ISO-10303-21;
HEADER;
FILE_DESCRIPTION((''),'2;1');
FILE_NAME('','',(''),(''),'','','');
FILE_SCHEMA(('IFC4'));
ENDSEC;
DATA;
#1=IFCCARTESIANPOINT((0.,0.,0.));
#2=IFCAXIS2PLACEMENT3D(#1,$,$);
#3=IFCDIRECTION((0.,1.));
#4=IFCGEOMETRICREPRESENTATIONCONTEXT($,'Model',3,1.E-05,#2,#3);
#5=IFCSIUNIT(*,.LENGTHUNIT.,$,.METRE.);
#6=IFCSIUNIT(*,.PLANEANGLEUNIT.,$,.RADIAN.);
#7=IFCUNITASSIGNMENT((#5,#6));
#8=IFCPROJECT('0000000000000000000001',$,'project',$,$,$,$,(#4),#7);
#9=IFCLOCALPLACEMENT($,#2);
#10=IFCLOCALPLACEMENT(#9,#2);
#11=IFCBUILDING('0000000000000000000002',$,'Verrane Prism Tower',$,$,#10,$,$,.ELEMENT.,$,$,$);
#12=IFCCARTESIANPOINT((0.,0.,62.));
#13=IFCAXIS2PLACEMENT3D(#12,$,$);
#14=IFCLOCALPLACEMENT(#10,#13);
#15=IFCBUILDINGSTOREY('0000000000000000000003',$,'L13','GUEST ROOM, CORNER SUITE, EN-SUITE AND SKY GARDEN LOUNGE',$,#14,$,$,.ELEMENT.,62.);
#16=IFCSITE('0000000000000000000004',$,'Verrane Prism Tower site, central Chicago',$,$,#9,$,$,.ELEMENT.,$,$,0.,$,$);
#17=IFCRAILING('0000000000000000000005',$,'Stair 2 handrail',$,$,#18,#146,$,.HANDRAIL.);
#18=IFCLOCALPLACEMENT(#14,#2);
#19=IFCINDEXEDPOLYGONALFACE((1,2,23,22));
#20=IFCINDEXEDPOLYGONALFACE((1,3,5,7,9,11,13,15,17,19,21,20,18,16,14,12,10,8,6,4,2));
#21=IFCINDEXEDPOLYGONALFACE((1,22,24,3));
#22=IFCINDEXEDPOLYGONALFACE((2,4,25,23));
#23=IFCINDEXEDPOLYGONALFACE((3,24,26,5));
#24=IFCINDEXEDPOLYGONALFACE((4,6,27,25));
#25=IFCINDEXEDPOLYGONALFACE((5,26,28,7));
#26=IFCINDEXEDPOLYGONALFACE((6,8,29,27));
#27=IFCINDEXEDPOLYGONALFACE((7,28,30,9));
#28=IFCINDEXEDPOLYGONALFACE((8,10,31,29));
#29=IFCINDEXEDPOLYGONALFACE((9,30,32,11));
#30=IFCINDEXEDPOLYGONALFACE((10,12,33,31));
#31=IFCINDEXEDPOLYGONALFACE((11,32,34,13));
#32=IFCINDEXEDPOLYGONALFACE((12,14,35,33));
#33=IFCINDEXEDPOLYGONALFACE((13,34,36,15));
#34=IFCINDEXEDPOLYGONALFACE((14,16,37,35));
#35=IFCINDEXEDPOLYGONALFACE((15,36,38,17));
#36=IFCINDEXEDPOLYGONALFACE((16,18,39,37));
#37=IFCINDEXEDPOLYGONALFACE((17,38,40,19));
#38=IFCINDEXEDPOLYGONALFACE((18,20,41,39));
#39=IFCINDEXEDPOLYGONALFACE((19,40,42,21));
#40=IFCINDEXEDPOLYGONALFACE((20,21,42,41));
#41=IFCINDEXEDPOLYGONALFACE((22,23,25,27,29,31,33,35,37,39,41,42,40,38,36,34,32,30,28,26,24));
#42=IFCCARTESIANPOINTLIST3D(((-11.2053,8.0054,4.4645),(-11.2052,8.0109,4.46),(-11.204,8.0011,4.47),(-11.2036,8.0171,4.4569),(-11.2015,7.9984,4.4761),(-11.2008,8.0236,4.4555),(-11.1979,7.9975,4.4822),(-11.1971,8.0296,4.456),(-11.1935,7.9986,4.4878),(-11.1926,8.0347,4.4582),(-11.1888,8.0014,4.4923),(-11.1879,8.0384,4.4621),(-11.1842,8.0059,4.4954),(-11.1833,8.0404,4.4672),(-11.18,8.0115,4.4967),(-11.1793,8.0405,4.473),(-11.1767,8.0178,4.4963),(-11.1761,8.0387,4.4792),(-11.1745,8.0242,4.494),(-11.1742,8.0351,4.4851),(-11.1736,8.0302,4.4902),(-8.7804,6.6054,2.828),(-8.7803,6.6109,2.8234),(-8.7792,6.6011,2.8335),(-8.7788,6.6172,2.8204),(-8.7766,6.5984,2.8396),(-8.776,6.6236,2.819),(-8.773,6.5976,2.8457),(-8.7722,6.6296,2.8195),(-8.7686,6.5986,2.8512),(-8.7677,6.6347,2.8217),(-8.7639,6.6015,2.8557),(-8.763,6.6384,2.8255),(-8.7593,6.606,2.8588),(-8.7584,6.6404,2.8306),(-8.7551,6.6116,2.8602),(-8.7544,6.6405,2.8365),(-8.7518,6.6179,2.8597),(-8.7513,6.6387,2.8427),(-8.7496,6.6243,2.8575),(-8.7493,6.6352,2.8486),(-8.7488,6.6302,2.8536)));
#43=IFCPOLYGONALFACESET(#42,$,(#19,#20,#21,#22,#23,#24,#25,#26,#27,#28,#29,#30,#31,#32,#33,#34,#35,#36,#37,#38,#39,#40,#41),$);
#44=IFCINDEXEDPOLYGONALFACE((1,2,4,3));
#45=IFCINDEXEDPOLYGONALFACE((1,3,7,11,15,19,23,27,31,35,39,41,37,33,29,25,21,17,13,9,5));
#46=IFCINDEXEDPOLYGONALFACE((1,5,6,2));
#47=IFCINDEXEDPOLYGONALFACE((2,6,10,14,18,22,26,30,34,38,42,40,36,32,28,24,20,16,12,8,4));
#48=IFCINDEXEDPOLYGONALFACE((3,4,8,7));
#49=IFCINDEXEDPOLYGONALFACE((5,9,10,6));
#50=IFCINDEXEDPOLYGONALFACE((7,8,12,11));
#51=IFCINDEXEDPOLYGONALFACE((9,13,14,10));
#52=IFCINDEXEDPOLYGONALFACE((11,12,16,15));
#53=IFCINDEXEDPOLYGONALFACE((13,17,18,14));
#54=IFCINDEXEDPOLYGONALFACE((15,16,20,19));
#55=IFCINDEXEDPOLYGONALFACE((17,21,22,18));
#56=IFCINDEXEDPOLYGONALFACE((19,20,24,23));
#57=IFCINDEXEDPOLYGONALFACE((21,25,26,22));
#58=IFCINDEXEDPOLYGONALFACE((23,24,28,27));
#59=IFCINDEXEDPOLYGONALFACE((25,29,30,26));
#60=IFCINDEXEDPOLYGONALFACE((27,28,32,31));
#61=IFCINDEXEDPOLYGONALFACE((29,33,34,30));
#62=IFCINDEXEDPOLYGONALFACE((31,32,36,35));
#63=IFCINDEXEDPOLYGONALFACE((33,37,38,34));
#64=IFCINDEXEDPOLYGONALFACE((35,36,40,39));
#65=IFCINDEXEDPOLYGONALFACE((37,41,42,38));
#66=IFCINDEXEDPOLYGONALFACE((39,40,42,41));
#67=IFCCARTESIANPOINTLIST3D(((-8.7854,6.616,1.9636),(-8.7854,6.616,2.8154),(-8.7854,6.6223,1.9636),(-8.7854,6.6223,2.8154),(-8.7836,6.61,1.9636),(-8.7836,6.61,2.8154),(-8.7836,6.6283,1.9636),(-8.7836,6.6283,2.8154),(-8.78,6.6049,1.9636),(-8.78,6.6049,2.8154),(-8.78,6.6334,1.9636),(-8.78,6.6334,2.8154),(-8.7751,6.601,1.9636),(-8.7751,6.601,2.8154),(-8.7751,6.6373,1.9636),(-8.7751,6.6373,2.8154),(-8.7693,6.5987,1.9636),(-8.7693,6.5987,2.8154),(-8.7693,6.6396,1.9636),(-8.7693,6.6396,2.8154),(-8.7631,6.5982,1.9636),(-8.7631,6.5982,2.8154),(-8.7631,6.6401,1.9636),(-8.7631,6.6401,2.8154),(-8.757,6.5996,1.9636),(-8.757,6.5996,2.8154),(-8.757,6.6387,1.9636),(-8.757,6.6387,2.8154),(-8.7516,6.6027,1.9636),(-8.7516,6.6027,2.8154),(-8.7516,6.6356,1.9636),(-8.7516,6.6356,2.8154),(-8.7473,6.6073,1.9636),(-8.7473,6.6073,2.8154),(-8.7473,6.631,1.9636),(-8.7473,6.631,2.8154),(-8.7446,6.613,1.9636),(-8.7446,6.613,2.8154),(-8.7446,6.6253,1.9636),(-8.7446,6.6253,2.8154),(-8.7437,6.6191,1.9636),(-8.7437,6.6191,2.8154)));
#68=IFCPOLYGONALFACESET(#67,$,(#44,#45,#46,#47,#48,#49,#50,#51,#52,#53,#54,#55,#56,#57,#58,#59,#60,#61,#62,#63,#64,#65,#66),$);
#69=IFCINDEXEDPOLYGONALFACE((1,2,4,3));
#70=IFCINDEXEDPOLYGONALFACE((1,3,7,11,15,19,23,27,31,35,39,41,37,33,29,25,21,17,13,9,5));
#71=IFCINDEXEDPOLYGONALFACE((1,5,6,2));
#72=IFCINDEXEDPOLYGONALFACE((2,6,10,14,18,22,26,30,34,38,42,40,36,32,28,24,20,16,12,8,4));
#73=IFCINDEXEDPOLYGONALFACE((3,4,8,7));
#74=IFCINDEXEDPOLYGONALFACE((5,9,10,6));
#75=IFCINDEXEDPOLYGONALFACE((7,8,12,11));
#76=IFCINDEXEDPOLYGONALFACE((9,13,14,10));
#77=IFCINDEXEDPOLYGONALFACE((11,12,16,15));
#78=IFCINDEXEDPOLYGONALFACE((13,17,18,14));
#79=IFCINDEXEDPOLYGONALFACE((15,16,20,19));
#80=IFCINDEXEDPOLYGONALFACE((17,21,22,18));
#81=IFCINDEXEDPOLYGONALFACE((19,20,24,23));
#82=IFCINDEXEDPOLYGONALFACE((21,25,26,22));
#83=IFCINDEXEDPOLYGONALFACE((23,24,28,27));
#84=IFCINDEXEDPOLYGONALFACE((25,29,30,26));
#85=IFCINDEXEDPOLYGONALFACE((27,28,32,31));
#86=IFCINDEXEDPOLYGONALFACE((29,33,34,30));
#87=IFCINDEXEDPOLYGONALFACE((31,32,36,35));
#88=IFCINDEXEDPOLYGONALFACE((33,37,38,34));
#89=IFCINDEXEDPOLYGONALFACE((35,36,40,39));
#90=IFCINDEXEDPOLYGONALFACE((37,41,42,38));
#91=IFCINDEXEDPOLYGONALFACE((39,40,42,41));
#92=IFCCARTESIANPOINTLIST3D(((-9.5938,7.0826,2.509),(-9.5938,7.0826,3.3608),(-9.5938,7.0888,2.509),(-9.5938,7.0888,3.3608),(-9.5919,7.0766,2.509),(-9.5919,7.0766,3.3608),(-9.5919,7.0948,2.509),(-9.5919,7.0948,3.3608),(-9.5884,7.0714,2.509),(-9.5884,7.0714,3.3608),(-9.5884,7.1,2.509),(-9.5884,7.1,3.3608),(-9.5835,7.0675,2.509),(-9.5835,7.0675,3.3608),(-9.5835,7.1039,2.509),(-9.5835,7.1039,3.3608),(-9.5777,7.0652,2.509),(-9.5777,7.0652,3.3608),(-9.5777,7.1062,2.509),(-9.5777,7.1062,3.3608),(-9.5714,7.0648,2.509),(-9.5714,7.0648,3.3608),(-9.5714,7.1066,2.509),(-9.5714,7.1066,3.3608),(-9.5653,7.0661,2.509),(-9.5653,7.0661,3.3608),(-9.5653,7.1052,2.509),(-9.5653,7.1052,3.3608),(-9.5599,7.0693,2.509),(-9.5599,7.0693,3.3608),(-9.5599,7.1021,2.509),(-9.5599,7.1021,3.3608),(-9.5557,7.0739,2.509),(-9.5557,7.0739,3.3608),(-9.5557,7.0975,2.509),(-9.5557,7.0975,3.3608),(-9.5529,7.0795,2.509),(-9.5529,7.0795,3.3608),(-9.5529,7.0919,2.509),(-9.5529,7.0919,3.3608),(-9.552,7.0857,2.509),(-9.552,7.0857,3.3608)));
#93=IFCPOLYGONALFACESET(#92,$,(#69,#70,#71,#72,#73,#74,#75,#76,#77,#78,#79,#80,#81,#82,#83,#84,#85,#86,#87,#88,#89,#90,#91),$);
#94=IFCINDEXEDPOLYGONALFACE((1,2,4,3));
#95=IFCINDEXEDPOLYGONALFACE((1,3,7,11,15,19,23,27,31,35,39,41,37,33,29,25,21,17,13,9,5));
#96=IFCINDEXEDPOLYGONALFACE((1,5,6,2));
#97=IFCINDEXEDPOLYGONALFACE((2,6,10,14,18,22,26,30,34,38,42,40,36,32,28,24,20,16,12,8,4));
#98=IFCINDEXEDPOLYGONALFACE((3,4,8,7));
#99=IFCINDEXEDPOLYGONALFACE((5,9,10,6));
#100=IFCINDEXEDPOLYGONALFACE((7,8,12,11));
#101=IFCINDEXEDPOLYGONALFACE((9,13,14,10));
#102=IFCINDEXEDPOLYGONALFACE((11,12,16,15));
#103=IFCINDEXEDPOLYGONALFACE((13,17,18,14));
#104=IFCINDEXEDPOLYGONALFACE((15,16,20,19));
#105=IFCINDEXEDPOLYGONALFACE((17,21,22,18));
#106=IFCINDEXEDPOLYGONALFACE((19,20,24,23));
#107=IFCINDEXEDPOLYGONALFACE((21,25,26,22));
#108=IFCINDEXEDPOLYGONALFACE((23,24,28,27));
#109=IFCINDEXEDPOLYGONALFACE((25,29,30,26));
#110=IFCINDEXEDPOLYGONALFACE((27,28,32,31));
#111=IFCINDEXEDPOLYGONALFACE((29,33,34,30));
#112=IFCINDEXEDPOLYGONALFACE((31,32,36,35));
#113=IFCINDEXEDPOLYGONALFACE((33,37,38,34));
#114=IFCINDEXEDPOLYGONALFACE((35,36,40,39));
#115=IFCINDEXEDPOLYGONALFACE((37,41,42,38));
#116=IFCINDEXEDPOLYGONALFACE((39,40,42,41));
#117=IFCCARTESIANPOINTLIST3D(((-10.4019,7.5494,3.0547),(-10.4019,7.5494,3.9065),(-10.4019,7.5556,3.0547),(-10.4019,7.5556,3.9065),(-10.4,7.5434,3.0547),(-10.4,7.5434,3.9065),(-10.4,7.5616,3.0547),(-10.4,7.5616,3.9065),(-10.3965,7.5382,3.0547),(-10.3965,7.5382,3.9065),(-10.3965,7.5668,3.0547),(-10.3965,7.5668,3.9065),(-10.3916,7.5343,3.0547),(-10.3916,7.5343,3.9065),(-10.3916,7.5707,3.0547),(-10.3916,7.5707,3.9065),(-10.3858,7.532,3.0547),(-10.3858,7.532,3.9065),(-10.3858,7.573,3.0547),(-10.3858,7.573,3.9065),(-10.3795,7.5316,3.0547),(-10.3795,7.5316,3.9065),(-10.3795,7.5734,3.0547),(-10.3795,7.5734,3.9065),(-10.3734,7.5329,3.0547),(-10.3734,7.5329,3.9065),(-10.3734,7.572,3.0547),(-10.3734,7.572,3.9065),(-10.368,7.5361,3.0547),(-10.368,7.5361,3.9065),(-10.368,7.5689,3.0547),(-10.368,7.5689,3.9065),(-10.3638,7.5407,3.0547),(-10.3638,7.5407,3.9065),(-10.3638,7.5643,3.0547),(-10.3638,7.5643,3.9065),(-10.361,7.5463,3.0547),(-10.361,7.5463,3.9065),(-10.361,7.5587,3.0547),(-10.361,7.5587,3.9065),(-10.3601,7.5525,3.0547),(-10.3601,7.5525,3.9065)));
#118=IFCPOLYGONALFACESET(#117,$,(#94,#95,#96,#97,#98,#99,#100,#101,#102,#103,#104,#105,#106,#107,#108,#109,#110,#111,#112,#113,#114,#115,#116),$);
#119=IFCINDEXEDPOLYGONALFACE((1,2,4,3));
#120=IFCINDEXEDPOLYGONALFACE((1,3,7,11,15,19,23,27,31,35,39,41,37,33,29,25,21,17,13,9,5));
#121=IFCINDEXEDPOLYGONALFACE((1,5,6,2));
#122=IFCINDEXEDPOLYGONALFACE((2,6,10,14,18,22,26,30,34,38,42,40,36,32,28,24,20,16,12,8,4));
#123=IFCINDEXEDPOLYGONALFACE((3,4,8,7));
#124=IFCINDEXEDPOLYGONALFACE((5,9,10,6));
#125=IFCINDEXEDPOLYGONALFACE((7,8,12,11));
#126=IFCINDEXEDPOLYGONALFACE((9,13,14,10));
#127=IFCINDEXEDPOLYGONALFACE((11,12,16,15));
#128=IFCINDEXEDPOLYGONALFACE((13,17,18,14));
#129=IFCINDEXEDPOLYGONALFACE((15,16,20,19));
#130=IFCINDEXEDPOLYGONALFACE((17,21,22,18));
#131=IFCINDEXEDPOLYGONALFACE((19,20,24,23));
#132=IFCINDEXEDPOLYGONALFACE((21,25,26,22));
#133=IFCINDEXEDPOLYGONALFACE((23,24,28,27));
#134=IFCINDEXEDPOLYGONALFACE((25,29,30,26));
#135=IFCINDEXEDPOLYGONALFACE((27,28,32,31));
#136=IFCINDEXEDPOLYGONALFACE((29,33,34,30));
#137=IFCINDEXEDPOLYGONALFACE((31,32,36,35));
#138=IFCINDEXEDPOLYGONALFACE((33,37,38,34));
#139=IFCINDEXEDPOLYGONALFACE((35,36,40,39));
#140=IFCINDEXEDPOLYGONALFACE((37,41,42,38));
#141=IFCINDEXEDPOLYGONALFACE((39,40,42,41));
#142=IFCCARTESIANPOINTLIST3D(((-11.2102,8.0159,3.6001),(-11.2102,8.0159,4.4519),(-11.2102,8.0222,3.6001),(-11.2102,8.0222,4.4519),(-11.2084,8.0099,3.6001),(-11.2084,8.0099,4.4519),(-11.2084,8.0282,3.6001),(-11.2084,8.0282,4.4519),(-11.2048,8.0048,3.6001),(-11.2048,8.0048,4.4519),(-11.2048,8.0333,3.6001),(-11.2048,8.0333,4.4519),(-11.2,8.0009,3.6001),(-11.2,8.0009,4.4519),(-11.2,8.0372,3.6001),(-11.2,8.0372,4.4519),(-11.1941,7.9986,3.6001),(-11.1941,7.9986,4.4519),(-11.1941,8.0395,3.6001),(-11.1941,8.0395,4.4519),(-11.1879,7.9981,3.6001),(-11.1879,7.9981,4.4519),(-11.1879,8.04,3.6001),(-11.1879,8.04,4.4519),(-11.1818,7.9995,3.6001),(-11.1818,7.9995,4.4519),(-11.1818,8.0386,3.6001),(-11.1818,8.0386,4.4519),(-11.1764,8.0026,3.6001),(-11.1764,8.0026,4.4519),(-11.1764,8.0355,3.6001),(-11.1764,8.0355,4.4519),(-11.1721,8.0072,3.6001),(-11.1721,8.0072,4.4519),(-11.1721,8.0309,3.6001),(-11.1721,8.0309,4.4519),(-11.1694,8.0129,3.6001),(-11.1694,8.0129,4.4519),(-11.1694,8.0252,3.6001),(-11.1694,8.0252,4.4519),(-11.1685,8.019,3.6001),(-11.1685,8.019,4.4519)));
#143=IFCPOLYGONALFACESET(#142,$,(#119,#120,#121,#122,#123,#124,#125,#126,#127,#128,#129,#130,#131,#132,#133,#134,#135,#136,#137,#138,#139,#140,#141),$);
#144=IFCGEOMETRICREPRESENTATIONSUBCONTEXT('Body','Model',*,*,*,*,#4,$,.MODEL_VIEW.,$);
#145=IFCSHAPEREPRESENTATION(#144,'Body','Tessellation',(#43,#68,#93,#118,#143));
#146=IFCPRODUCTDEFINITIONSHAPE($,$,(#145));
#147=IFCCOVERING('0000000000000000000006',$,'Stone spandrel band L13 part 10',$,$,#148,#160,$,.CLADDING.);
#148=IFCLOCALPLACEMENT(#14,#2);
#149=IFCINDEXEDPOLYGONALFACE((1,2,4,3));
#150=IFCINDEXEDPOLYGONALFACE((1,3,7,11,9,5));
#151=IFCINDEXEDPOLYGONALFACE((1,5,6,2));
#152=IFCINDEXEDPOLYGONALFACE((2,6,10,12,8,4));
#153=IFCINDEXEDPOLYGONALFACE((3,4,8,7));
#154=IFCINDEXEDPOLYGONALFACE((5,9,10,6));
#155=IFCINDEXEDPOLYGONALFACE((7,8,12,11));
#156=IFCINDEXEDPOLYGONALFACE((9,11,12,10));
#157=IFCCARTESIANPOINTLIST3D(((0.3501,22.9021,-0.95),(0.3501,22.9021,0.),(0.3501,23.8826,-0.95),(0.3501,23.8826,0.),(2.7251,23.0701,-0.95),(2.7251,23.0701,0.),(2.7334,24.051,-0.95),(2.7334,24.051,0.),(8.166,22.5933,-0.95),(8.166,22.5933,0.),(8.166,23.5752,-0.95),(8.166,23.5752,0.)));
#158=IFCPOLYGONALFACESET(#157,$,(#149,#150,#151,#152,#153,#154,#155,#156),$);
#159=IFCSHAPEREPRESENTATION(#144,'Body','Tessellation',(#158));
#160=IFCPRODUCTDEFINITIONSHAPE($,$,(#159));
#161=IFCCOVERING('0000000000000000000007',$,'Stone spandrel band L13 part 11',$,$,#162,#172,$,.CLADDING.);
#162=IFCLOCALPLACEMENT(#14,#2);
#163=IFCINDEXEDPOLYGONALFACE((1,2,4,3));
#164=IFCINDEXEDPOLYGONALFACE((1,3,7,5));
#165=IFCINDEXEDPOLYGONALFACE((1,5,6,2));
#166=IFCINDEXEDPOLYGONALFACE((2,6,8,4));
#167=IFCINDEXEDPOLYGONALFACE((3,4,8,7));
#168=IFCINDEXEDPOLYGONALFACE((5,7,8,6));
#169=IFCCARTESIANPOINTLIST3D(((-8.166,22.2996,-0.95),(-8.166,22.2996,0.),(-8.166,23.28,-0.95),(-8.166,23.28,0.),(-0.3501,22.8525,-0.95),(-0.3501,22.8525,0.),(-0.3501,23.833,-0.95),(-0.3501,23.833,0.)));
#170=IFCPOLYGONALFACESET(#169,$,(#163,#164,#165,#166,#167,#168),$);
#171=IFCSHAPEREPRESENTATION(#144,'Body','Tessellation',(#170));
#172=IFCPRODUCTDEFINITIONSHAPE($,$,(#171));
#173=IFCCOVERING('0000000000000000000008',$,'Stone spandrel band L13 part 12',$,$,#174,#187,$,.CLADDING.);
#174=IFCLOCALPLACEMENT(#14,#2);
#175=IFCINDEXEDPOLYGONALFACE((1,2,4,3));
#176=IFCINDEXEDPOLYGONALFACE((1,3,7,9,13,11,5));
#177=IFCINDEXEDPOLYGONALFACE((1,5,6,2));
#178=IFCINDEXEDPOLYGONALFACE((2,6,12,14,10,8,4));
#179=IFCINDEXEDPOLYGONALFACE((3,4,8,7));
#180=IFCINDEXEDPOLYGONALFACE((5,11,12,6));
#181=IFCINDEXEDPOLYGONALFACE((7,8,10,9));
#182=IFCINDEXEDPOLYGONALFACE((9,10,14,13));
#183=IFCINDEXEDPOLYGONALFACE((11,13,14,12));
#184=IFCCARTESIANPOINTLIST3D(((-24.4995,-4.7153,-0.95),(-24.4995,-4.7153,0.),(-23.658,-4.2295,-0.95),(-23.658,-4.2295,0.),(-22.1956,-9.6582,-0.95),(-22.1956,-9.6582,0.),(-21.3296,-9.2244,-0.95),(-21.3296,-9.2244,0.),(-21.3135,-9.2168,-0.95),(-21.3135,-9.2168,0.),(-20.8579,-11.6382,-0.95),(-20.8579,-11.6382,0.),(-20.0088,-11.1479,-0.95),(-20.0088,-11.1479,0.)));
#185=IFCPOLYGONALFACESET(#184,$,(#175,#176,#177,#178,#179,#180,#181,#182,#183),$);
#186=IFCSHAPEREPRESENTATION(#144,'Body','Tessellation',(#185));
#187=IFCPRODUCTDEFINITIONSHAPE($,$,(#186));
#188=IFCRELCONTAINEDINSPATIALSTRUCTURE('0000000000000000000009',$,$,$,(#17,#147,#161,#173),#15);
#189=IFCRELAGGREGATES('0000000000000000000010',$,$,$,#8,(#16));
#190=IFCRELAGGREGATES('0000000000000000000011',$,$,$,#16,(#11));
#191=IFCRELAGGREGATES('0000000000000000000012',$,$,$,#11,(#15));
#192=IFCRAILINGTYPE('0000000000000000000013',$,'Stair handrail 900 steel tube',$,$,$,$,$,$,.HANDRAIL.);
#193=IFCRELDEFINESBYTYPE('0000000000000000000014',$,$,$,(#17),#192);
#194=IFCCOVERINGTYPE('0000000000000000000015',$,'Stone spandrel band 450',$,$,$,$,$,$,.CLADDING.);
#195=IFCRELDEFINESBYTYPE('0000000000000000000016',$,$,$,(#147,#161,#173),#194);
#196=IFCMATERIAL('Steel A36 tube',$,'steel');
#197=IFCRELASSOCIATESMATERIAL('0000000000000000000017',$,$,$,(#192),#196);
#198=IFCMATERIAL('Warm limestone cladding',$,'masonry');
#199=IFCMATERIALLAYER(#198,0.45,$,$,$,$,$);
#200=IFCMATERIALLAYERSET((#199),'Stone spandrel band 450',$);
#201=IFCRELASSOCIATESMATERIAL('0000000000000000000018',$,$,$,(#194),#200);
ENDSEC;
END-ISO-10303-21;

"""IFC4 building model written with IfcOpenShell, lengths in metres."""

from ifc_helpers import new_model, si_unit, direction, frame, origin, origin_2d, place, context, subcontext, project, spatial, polyline, circle, outline, extrude, material, layer, layer_set, type_object, element, save


model = new_model("IFC4")

# Units and contexts
model_context = context("Model", 3, precision=1e-05, world=origin(), true_north=direction((0.0, 1.0)))
body_context = subcontext(model_context, "Body", "Model", "MODEL_VIEW")
ifc_project = project(units=[si_unit("LENGTHUNIT", "METRE"), si_unit("PLANEANGLEUNIT", "RADIAN")], contexts=[model_context])

# Site, building, storey
site_placement = place(None, origin())
site = spatial("IfcSite", under=ifc_project, at=site_placement, Name="Verrane Prism Tower site, central Chicago", CompositionType="ELEMENT", RefElevation=0.0)
building_placement = place(site_placement, origin())
building = spatial("IfcBuilding", under=site, at=building_placement, Name="Verrane Prism Tower", CompositionType="ELEMENT")
storey_placement = place(building_placement, frame((0.0, 0.0, 62.0)))
storey = spatial("IfcBuildingStorey", under=building, at=storey_placement, Name="L13", Description="GUEST ROOM, CORNER SUITE, EN-SUITE AND SKY GARDEN LOUNGE", CompositionType="ELEMENT", Elevation=62.0)

# Railing
ifc_material_1 = material(Name="Steel A36 tube", Category="steel")
railing_type_1 = type_object("IfcRailingType", Name="Stair handrail 900 steel tube", PredefinedType="HANDRAIL", material=ifc_material_1)
railing_1_placement = place(storey_placement, frame((-8.7646, 6.6191, 1.9636)))
element("IfcRailing", 1, at=railing_1_placement, inside=storey, type_object=railing_type_1, Name="Stair 2 handrail", PredefinedType="HANDRAIL", context=body_context, shape_type="SweptSolid", body=[
    extrude(circle(Radius=0.0239, at=origin_2d()), frame((0.0, 0.0, 0.876), z_axis=(-0.74769, 0.431661, 0.504608), x_axis=(-0.499984, -0.866035, 0.0)), (0.0, 0.0, 1.0), 3.2432),
    extrude(circle(Radius=0.021, at=origin_2d()), origin(), (0.0, 0.0, 1.0), 0.8518),
    extrude(circle(Radius=0.021, at=origin_2d()), frame((-0.8083, 0.4666, 0.5454)), (0.0, 0.0, 1.0), 0.8518),
    extrude(circle(Radius=0.021, at=origin_2d()), frame((-1.6165, 0.9333, 1.0911)), (0.0, 0.0, 1.0), 0.8518),
    extrude(circle(Radius=0.021, at=origin_2d()), frame((-2.4248, 1.3999, 1.6365)), (0.0, 0.0, 1.0), 0.8518),
])

# Coverings
ifc_material_2 = material(Name="Warm limestone cladding", Category="masonry")
ifc_layer_1 = layer(ifc_material_2, 0.45)
ifc_layer_set_1 = layer_set([ifc_layer_1], Name="Stone spandrel band 450")
covering_type = type_object("IfcCoveringType", Name="Stone spandrel band 450", PredefinedType="CLADDING", material=ifc_layer_set_1)
covering_1_placement = place(storey_placement, frame((0.0, 0.0, -0.95)))
element("IfcCovering", 2, at=covering_1_placement, inside=storey, type_object=covering_type, Name="Stone spandrel band L13 part 10", PredefinedType="CLADDING", context=body_context, shape_type="SweptSolid", body=[
    extrude(outline(polyline([(8.166, 22.5933), (8.166, 23.5752), (2.7334, 24.051), (0.3501, 23.8826), (0.3501, 22.9021), (2.7251, 23.0701), (8.166, 22.5933)])), origin(), (0.0, 0.0, 1.0), 0.95),
])
covering_2_placement = place(storey_placement, frame((0.0, 0.0, -0.95)))
element("IfcCovering", 3, at=covering_2_placement, inside=storey, type_object=covering_type, Name="Stone spandrel band L13 part 11", PredefinedType="CLADDING", context=body_context, shape_type="SweptSolid", body=[
    extrude(outline(polyline([(-0.3501, 22.8525), (-0.3501, 23.833), (-8.166, 23.28), (-8.166, 22.2996), (-0.3501, 22.8525)])), origin(), (0.0, 0.0, 1.0), 0.95),
])
covering_3_placement = place(storey_placement, frame((0.0, 0.0, -0.95)))
element("IfcCovering", 4, at=covering_3_placement, inside=storey, type_object=covering_type, Name="Stone spandrel band L13 part 12", PredefinedType="CLADDING", context=body_context, shape_type="SweptSolid", body=[
    extrude(outline(polyline([(-20.8579, -11.6382), (-20.0088, -11.1479), (-21.3135, -9.2168), (-21.3296, -9.2244), (-23.658, -4.2295), (-24.4995, -4.7153), (-22.1956, -9.6582), (-20.8579, -11.6382)])), origin(), (0.0, 0.0, 1.0), 0.95),
])

save(model, "model.ifc")
